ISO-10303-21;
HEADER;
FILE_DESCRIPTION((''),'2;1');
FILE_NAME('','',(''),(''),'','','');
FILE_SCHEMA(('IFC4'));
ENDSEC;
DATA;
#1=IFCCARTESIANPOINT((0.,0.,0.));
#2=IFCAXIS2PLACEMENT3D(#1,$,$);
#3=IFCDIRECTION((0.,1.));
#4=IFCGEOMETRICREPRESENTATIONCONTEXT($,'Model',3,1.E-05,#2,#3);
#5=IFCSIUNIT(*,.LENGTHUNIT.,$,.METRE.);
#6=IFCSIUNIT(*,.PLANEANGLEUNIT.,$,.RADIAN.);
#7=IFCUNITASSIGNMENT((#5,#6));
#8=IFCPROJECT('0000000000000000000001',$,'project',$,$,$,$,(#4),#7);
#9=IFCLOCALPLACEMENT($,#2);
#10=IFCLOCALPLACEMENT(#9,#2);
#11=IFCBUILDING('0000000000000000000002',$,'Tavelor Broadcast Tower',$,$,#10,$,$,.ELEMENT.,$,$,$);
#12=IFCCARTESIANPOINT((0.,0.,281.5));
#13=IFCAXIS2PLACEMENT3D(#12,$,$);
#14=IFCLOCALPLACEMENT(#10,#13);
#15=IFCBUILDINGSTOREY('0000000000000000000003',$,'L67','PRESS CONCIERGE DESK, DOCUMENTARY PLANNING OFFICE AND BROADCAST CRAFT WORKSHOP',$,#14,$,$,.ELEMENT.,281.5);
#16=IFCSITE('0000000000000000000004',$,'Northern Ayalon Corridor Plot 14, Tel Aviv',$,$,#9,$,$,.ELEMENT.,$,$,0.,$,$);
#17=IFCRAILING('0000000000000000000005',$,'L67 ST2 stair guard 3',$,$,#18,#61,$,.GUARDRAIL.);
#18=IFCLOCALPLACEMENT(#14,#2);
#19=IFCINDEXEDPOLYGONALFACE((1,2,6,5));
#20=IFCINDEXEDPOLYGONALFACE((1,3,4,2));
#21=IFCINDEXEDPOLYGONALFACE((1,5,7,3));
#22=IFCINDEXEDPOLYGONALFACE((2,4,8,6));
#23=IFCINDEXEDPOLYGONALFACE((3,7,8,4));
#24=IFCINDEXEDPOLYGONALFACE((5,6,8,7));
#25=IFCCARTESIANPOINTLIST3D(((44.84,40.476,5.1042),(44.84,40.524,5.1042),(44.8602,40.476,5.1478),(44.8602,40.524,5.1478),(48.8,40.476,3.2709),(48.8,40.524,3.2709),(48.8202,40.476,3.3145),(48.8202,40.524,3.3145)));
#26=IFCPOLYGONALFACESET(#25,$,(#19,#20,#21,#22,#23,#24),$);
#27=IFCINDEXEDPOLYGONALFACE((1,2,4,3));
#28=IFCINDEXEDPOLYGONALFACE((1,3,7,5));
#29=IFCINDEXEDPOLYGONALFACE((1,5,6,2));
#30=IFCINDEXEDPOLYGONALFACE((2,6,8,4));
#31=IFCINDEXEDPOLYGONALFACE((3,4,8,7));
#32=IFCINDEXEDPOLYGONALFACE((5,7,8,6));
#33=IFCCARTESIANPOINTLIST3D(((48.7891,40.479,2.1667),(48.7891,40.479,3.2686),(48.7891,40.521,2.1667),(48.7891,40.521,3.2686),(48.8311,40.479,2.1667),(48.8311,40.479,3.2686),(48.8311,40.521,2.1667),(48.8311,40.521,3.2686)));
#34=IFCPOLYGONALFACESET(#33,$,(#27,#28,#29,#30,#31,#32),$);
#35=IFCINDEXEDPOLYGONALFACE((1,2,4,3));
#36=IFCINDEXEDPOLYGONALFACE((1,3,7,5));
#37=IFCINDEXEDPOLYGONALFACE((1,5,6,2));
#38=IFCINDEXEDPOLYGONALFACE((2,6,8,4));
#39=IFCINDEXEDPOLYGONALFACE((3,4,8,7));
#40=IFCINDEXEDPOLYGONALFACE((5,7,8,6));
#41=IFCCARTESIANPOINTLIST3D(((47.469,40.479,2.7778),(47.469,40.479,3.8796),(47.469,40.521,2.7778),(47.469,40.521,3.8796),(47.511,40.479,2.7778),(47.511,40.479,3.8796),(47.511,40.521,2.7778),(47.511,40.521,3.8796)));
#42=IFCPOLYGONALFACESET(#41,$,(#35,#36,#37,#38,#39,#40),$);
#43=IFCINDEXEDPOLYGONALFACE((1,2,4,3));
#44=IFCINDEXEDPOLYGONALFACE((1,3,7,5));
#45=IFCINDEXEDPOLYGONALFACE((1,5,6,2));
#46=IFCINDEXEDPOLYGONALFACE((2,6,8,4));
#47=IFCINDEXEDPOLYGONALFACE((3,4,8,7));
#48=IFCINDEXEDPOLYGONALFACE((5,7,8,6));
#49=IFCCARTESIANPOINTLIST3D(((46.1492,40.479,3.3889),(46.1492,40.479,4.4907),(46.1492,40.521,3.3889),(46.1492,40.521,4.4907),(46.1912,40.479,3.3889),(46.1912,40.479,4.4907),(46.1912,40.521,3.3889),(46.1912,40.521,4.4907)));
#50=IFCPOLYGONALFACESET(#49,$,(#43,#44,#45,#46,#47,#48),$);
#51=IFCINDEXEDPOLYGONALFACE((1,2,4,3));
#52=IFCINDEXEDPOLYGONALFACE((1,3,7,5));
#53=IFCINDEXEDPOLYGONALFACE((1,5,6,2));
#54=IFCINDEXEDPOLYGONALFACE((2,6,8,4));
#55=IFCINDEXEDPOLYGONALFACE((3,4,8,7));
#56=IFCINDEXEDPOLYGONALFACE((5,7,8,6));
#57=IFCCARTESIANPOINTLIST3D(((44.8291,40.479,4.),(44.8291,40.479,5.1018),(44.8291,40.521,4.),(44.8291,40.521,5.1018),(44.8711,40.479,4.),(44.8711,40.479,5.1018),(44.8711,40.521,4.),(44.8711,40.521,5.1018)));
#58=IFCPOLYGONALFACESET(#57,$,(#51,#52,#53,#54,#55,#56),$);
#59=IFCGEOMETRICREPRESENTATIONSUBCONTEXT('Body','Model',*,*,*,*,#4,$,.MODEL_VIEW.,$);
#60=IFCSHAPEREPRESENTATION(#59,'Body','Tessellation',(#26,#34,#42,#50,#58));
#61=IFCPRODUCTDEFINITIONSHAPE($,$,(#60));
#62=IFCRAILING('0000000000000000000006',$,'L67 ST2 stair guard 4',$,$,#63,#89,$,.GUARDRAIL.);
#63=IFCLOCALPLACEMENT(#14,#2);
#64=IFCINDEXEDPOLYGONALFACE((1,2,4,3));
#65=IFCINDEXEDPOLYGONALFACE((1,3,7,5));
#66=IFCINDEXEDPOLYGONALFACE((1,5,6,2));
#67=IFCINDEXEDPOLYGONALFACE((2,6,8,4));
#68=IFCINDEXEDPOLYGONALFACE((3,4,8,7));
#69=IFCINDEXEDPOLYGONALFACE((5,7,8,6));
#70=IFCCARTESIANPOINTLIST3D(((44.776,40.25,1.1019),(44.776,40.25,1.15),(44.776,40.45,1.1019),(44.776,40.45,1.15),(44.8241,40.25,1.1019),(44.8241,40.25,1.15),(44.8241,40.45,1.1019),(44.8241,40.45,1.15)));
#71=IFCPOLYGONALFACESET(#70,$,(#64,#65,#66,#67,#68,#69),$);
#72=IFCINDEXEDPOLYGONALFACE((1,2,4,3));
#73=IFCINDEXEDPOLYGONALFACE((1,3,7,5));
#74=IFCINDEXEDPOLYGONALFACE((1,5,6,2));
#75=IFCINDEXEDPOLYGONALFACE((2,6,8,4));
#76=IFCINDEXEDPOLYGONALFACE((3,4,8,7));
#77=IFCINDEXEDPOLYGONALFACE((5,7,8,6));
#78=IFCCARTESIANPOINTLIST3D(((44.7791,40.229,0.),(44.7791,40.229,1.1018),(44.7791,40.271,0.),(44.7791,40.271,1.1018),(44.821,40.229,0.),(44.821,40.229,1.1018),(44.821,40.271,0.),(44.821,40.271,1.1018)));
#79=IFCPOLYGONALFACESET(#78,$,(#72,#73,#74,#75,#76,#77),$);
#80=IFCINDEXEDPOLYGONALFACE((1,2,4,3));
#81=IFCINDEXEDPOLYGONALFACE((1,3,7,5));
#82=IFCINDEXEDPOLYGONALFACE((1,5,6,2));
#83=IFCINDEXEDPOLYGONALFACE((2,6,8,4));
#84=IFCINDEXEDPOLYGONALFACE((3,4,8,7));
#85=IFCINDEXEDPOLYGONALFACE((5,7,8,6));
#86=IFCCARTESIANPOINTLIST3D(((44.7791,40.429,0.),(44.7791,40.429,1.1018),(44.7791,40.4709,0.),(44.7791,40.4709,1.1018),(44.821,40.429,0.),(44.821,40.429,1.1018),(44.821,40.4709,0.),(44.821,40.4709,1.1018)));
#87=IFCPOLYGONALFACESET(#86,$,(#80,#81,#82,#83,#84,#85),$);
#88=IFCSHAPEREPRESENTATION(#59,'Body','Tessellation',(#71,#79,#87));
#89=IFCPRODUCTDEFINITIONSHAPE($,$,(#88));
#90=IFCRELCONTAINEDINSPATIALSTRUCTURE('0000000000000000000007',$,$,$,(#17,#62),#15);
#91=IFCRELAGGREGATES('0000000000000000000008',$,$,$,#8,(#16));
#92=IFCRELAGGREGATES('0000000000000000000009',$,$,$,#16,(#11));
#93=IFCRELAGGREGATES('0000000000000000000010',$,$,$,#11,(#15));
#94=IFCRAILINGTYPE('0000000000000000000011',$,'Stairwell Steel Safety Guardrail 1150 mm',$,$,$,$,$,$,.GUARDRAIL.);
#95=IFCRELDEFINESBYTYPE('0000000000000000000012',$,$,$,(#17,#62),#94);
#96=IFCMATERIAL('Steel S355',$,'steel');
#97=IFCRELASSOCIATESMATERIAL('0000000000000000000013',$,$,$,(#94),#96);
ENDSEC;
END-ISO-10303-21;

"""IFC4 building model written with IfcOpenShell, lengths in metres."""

from ifc_helpers import new_model, si_unit, direction, frame, origin, origin_2d, place, context, subcontext, project, spatial, rectangle, extrude, material, type_object, element, save


model = new_model("IFC4")

# Units and contexts
model_context = context("Model", 3, precision=1e-05, world=origin(), true_north=direction((0.0, 1.0)))
body_context = subcontext(model_context, "Body", "Model", "MODEL_VIEW")
ifc_project = project(units=[si_unit("LENGTHUNIT", "METRE"), si_unit("PLANEANGLEUNIT", "RADIAN")], contexts=[model_context])

# Site, building, storey
site_placement = place(None, origin())
site = spatial("IfcSite", under=ifc_project, at=site_placement, Name="Northern Ayalon Corridor Plot 14, Tel Aviv", CompositionType="ELEMENT", RefElevation=0.0)
building_placement = place(site_placement, origin())
building = spatial("IfcBuilding", under=site, at=building_placement, Name="Tavelor Broadcast Tower", CompositionType="ELEMENT")
storey_placement = place(building_placement, frame((0.0, 0.0, 281.5)))
storey = spatial("IfcBuildingStorey", under=building, at=storey_placement, Name="L67", Description="PRESS CONCIERGE DESK, DOCUMENTARY PLANNING OFFICE AND BROADCAST CRAFT WORKSHOP", CompositionType="ELEMENT", Elevation=281.5)

# Shared definitions
ifc_material_1 = material(Name="Steel S355", Category="steel")

# Railings
railing_type_1 = type_object("IfcRailingType", Name="Stairwell Steel Safety Guardrail 1150 mm", PredefinedType="GUARDRAIL", material=ifc_material_1)
railing_1_placement = place(storey_placement, frame((48.8101, 40.5, 2.1667)))
element("IfcRailing", 1, at=railing_1_placement, inside=storey, type_object=railing_type_1, Name="L67 ST2 stair guard 3", PredefinedType="GUARDRAIL", context=body_context, shape_type="SweptSolid", body=[
    extrude(rectangle(XDim=0.0481, YDim=0.0481, at=origin_2d()), frame((0.0, 0.0, 1.126), z_axis=(-0.907472, 0.0, 0.420112), x_axis=(0.0, -1.0, 0.0)), (0.0, 0.0, 1.0), 4.3638),
    extrude(rectangle(XDim=0.042, YDim=0.042, at=origin_2d()), origin(), (0.0, 0.0, 1.0), 1.1018),
    extrude(rectangle(XDim=0.042, YDim=0.042, at=origin_2d()), frame((-1.3201, 0.0, 0.6111)), (0.0, 0.0, 1.0), 1.1018),
    extrude(rectangle(XDim=0.042, YDim=0.042, at=origin_2d()), frame((-2.6399, 0.0, 1.2222)), (0.0, 0.0, 1.0), 1.1018),
    extrude(rectangle(XDim=0.042, YDim=0.042, at=origin_2d()), frame((-3.96, 0.0, 1.8333)), (0.0, 0.0, 1.0), 1.1018),
])
railing_2_placement = place(storey_placement, frame((44.8, 40.25, 0.0)))
element("IfcRailing", 2, at=railing_2_placement, inside=storey, type_object=railing_type_1, Name="L67 ST2 stair guard 4", PredefinedType="GUARDRAIL", context=body_context, shape_type="SweptSolid", body=[
    extrude(rectangle(XDim=0.0481, YDim=0.0481, at=origin_2d()), frame((0.0, 0.0, 1.126), z_axis=(0.0, 1.0, 0.0), x_axis=(-1.0, 0.0, 0.0)), (0.0, 0.0, 1.0), 0.2),
    extrude(rectangle(XDim=0.042, YDim=0.042, at=origin_2d()), origin(), (0.0, 0.0, 1.0), 1.1018),
    extrude(rectangle(XDim=0.042, YDim=0.042, at=origin_2d()), frame((0.0, 0.2, 0.0)), (0.0, 0.0, 1.0), 1.1018),
])

save(model, "model.ifc")
